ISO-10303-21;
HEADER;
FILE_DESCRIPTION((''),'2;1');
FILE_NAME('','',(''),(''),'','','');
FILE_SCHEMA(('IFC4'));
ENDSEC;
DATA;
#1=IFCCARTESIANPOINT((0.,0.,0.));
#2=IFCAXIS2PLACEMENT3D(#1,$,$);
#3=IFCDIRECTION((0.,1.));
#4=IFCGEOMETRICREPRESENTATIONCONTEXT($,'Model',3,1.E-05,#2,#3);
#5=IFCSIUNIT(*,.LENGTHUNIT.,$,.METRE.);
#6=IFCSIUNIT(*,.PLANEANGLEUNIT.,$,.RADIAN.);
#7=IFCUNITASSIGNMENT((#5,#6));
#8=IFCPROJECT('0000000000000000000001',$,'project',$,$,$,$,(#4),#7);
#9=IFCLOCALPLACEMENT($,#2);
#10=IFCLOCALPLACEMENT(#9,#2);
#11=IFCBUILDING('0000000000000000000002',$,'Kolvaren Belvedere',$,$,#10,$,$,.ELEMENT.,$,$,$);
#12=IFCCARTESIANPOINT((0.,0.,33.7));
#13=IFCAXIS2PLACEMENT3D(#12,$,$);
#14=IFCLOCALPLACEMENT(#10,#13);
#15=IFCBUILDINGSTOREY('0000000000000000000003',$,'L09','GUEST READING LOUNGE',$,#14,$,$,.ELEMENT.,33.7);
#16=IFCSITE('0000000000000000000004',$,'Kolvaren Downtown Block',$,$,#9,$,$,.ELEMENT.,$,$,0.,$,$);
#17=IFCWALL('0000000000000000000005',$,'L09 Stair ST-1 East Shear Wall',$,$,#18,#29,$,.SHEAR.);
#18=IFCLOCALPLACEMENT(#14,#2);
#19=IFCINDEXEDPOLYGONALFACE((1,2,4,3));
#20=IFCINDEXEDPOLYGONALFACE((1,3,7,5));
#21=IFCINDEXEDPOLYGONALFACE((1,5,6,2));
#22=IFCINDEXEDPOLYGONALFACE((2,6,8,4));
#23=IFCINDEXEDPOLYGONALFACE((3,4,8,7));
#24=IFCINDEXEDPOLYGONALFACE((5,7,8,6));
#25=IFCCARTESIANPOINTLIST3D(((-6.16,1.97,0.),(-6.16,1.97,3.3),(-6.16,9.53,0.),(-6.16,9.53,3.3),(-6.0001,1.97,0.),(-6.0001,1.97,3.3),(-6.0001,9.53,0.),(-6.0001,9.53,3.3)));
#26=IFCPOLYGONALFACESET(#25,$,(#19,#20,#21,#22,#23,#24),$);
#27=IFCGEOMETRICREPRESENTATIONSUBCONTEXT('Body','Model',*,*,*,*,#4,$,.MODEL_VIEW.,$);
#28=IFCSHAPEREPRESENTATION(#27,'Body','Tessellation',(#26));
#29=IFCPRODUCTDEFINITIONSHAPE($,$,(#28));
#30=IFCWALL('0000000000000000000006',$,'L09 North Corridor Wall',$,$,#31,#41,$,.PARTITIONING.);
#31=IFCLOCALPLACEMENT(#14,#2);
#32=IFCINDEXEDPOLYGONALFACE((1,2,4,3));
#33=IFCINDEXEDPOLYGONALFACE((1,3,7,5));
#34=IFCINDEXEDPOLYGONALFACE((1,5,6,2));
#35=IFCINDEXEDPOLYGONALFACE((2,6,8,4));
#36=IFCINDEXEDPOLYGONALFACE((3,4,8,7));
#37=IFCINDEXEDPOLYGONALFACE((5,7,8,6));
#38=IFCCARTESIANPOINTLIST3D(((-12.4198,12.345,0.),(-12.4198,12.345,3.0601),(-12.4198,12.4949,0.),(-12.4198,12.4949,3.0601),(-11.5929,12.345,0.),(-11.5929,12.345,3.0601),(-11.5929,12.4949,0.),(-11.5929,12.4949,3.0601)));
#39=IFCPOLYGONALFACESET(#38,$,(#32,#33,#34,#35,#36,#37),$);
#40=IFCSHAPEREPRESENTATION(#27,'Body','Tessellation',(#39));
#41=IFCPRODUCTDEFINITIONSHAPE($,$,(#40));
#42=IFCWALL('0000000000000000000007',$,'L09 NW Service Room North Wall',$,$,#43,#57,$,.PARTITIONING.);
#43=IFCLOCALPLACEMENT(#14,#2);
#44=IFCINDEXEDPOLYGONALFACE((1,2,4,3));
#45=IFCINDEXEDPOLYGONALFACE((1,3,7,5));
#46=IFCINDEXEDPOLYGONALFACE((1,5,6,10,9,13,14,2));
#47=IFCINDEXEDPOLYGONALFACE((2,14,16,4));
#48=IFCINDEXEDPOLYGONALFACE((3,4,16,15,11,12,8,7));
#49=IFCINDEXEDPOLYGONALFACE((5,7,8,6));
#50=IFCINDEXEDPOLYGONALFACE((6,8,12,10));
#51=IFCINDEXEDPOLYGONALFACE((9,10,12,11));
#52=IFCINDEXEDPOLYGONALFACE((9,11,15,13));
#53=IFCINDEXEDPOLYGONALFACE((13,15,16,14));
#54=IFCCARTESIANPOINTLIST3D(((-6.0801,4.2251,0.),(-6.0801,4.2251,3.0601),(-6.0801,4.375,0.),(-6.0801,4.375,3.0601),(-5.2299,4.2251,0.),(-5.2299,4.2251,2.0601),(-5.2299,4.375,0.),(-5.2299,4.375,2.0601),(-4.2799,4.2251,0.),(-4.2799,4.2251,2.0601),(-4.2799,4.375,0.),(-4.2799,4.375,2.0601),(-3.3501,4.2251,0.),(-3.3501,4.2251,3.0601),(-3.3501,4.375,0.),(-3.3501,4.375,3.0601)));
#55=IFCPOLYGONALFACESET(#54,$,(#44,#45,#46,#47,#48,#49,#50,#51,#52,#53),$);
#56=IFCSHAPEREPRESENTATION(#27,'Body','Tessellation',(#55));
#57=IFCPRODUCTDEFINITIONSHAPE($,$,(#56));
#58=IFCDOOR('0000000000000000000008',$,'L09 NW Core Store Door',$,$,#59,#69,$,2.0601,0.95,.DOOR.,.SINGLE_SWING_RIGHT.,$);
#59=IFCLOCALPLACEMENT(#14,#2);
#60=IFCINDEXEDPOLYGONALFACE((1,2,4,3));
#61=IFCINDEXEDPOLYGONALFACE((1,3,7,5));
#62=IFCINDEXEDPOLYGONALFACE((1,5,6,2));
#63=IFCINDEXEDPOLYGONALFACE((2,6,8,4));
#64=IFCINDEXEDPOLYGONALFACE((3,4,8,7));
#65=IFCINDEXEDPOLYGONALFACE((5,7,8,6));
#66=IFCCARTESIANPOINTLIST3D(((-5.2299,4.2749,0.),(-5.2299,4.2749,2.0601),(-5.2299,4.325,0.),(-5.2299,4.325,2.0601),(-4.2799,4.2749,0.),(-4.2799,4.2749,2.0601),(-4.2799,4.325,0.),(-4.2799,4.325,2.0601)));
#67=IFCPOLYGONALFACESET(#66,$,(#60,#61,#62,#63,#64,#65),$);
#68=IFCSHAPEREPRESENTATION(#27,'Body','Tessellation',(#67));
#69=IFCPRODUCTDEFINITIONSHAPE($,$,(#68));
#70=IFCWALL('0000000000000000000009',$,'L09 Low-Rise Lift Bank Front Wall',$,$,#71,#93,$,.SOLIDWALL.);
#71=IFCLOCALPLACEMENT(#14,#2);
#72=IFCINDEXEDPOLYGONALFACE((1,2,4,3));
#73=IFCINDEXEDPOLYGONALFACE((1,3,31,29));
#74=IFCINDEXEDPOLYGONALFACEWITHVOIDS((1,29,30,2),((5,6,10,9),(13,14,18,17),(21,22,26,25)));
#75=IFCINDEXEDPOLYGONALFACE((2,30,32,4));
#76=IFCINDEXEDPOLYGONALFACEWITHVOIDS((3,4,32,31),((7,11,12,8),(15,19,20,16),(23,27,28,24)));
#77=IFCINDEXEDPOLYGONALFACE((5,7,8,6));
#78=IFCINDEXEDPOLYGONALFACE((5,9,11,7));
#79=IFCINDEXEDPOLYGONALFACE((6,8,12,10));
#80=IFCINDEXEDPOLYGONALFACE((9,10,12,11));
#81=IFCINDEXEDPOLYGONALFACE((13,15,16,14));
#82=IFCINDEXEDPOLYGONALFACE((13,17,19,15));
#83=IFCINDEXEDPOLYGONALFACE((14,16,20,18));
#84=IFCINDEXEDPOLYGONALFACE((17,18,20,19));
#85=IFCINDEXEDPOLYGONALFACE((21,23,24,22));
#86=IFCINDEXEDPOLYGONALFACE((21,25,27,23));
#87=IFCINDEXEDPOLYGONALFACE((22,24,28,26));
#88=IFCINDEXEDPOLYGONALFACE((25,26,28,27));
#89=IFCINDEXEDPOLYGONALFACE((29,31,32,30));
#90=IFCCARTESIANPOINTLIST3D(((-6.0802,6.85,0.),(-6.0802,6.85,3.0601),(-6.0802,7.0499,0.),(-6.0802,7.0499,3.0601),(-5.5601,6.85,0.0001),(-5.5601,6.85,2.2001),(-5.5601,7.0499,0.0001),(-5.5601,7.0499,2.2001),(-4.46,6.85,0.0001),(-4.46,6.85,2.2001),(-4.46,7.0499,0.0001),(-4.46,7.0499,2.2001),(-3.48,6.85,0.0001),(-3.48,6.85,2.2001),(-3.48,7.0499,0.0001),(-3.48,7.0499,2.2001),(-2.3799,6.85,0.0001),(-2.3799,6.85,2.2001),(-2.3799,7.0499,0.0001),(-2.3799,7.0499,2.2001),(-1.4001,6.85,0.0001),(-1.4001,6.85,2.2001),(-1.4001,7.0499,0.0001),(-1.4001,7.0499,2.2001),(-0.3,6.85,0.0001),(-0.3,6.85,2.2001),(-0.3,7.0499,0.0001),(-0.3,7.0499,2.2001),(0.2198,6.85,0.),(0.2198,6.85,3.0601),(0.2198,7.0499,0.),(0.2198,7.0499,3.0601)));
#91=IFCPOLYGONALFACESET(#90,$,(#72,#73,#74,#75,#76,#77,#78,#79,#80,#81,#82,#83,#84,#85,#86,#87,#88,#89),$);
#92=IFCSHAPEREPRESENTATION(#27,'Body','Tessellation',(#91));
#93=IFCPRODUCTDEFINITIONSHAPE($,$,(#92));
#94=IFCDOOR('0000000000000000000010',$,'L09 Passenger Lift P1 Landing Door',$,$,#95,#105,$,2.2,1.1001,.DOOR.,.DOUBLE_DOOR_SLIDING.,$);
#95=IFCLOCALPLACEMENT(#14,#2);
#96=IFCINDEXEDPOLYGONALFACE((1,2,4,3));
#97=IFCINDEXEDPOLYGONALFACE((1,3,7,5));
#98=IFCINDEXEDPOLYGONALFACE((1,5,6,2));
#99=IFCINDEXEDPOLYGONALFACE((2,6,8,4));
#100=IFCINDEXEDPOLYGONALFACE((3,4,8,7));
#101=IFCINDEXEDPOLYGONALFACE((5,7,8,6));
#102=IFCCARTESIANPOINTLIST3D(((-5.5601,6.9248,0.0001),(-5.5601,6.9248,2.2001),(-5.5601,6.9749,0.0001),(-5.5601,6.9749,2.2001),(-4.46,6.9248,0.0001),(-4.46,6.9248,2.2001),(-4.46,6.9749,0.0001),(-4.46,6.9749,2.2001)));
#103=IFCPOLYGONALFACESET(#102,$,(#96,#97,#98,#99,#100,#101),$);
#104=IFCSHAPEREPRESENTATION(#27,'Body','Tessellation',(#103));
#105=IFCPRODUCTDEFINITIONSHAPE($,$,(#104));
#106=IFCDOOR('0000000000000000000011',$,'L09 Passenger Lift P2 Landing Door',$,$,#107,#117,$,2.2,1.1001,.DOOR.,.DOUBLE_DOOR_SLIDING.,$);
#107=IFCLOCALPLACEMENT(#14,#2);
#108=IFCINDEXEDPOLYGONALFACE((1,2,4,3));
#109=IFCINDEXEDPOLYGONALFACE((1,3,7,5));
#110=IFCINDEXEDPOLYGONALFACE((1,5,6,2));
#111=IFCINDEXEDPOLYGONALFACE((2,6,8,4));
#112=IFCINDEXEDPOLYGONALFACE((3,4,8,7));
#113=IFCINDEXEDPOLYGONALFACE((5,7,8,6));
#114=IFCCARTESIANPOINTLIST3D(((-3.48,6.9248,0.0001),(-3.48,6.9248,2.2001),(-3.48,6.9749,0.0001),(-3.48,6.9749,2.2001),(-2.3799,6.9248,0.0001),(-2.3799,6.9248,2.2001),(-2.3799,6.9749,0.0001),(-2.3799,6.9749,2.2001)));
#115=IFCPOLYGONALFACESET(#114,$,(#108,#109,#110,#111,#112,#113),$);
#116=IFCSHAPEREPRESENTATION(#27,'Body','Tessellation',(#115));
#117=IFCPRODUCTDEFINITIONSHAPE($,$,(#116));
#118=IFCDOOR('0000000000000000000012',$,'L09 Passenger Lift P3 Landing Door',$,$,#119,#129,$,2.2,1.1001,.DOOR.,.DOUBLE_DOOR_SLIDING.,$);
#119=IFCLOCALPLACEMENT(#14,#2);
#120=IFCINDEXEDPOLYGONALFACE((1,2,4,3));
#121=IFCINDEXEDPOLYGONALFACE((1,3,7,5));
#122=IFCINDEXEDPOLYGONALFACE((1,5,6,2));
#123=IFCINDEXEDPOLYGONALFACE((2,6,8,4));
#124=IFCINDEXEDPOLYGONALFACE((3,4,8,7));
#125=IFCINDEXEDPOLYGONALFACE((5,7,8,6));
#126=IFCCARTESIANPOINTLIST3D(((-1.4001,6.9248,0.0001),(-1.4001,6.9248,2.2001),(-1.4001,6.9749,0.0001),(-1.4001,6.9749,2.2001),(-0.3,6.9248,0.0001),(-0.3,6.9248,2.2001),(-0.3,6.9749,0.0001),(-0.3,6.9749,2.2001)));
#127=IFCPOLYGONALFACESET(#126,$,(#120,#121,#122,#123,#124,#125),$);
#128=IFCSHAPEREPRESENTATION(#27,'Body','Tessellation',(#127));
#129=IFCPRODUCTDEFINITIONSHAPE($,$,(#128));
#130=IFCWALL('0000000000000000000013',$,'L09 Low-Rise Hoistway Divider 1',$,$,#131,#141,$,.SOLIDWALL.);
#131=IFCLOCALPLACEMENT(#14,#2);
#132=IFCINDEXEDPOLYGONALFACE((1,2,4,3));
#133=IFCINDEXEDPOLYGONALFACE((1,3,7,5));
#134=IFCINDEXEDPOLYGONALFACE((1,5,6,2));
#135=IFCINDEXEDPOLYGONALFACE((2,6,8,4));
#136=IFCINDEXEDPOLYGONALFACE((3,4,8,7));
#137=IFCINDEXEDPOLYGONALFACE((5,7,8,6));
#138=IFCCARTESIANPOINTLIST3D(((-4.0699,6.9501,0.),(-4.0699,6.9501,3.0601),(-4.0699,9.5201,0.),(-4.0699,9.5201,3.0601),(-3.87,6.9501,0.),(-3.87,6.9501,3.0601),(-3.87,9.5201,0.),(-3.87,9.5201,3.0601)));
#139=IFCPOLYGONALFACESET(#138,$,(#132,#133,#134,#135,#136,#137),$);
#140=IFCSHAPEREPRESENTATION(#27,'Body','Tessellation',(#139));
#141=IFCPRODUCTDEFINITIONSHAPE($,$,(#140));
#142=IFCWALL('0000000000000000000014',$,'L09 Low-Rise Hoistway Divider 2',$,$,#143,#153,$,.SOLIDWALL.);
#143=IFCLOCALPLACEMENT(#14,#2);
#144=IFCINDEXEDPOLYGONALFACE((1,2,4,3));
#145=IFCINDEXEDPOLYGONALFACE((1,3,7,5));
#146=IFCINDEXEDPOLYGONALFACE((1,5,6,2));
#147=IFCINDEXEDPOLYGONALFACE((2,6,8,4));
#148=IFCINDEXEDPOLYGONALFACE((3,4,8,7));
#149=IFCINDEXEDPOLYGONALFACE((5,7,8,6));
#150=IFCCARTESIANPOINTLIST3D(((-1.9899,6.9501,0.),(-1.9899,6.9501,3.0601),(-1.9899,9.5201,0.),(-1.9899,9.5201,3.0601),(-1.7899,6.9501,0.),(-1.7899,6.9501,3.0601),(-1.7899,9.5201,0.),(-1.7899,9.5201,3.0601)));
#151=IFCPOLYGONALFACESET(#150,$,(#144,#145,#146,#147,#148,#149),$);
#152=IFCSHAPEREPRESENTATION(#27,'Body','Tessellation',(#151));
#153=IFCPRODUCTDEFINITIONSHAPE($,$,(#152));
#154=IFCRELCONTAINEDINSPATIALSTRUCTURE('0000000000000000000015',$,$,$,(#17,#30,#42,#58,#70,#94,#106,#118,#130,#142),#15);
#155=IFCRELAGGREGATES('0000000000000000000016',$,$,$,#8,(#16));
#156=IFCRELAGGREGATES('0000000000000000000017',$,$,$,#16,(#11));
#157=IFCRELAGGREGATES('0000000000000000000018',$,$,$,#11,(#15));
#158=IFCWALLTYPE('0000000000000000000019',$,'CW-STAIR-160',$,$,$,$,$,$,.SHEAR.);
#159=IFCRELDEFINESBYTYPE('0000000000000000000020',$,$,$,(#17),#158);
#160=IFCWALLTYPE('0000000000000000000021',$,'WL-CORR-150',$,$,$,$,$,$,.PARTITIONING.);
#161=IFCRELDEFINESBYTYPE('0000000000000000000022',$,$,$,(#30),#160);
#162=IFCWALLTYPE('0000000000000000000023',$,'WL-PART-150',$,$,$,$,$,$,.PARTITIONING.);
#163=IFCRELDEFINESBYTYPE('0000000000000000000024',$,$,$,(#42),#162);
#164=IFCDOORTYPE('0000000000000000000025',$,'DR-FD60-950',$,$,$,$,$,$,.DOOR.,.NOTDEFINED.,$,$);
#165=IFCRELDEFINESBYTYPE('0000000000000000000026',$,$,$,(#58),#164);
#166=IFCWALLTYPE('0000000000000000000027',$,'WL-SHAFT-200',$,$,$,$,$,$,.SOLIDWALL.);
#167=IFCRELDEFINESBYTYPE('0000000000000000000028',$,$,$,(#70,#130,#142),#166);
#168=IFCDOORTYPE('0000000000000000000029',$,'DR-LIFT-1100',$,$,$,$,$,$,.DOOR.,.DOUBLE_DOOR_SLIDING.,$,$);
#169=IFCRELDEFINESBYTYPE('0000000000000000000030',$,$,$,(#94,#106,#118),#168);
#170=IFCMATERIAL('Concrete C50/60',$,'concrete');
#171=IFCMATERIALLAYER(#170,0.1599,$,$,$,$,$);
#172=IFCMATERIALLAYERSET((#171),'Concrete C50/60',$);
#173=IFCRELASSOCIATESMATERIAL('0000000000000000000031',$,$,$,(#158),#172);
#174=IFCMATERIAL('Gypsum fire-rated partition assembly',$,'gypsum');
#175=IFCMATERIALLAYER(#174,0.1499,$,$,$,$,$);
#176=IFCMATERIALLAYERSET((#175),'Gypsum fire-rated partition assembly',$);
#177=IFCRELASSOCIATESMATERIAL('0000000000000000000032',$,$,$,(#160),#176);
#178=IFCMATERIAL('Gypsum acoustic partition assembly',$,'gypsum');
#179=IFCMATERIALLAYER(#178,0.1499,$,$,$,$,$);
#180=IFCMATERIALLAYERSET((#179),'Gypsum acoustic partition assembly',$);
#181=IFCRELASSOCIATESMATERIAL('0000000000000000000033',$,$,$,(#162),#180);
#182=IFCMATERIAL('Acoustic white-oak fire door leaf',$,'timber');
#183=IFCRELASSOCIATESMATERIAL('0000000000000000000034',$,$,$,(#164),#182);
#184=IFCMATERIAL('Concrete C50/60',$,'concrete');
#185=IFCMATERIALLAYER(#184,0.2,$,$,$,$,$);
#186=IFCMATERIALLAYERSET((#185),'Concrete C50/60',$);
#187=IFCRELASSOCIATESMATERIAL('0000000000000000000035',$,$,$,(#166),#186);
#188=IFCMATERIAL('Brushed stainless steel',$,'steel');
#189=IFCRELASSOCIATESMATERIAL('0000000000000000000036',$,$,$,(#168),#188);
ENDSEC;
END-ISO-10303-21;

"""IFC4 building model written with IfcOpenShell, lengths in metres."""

from ifc_helpers import new_model, si_unit, direction, frame, frame_2d, origin, place, context, subcontext, project, spatial, rectangle, extrude, material, layer, layer_set, type_object, element, fill, save


model = new_model("IFC4")

# Units and contexts
model_context = context("Model", 3, precision=1e-05, world=origin(), true_north=direction((0.0, 1.0)))
body_context = subcontext(model_context, "Body", "Model", "MODEL_VIEW")
ifc_project = project(units=[si_unit("LENGTHUNIT", "METRE"), si_unit("PLANEANGLEUNIT", "RADIAN")], contexts=[model_context])

# Site, building, storey
site_placement = place(None, origin())
site = spatial("IfcSite", under=ifc_project, at=site_placement, Name="Kolvaren Downtown Block", CompositionType="ELEMENT", RefElevation=0.0)
building_placement = place(site_placement, origin())
building = spatial("IfcBuilding", under=site, at=building_placement, Name="Kolvaren Belvedere", CompositionType="ELEMENT")
storey_placement = place(building_placement, frame((0.0, 0.0, 33.7)))
storey = spatial("IfcBuildingStorey", under=building, at=storey_placement, Name="L09", Description="GUEST READING LOUNGE", CompositionType="ELEMENT", Elevation=33.7)

# Shared definitions
ifc_material_1 = material(Name="Concrete C50/60", Category="concrete")
ifc_layer_1 = layer(ifc_material_1, 0.1599)
ifc_layer_set_1 = layer_set([ifc_layer_1], Name="Concrete C50/60")
wall_type_1 = type_object("IfcWallType", Name="CW-STAIR-160", PredefinedType="SHEAR", material=ifc_layer_set_1)

# Walls
for number, where, z_axis, x_axis, name in (
    (1, (-6.0801, 1.97, 0.0), (0.0, 0.0, 1.0), (0.0, 1.0, 0.0), "L09 Stair ST-1 East Shear Wall"),
):
    element("IfcWall", number, at=place(storey_placement, frame(where, z_axis=z_axis, x_axis=x_axis)), inside=storey, type_object=wall_type_1, Name=name, PredefinedType="SHEAR", context=body_context, shape_type="SweptSolid", body=[
        extrude(rectangle(XDim=7.5601, YDim=0.1599, at=frame_2d((3.78, 0.0))), origin(), (0.0, 0.0, 1.0), 3.3),
    ])
ifc_material_2 = material(Name="Gypsum fire-rated partition assembly", Category="gypsum")
ifc_layer_2 = layer(ifc_material_2, 0.1499)
ifc_layer_set_2 = layer_set([ifc_layer_2], Name="Gypsum fire-rated partition assembly")
wall_type_2 = type_object("IfcWallType", Name="WL-CORR-150", PredefinedType="PARTITIONING", material=ifc_layer_set_2)
wall_1_placement = place(storey_placement, frame((-12.4199, 12.4199, 0.0), z_axis=(0.0, 0.0, 1.0), x_axis=(1.0, 0.0, 0.0)))
element("IfcWall", 2, at=wall_1_placement, inside=storey, type_object=wall_type_2, Name="L09 North Corridor Wall", PredefinedType="PARTITIONING", context=body_context, shape_type="SweptSolid", body=[
    extrude(rectangle(XDim=0.8269, YDim=0.1499, at=frame_2d((0.4136, 0.0))), origin(), (0.0, 0.0, 1.0), 3.0601),
])

# Wall, opening, door
ifc_material_3 = material(Name="Gypsum acoustic partition assembly", Category="gypsum")
ifc_layer_3 = layer(ifc_material_3, 0.1499)
ifc_layer_set_3 = layer_set([ifc_layer_3], Name="Gypsum acoustic partition assembly")
wall_type_3 = type_object("IfcWallType", Name="WL-PART-150", PredefinedType="PARTITIONING", material=ifc_layer_set_3)
wall_2_placement = place(storey_placement, frame((-6.0801, 4.3, 0.0), z_axis=(0.0, 0.0, 1.0), x_axis=(1.0, 0.0, 0.0)))
wall_2 = element("IfcWall", 3, at=wall_2_placement, inside=storey, type_object=wall_type_3, Name="L09 NW Service Room North Wall", PredefinedType="PARTITIONING", context=body_context, shape_type="SweptSolid", body=[
    extrude(rectangle(XDim=2.73, YDim=0.1499, at=frame_2d((1.365, 0.0))), origin(), (0.0, 0.0, 1.0), 3.0601),
])
opening_1_placement = place(wall_2_placement, frame((0.8501, 0.0, 0.0)))
opening_1 = element("IfcOpeningElement", 4, at=opening_1_placement, cuts=wall_2, PredefinedType="OPENING", context=body_context, shape_type="SweptSolid", body=[
    extrude(rectangle(XDim=0.95, YDim=2.0601, at=frame_2d((0.4751, 1.03))), frame((0.0, 0.085, 0.0), z_axis=(0.0, -1.0, 0.0), x_axis=(1.0, 0.0, 0.0)), (0.0, 0.0, 1.0), 0.1699),
])
ifc_material_4 = material(Name="Acoustic white-oak fire door leaf", Category="timber")
door_type_1 = type_object("IfcDoorType", Name="DR-FD60-950", OperationType="NOTDEFINED", PredefinedType="DOOR", material=ifc_material_4)
door_1_placement = place(opening_1_placement, origin())
door_1 = element("IfcDoor", 5, at=door_1_placement, inside=storey, type_object=door_type_1, Name="L09 NW Core Store Door", OperationType="SINGLE_SWING_RIGHT", OverallHeight=2.0601, OverallWidth=0.95, PredefinedType="DOOR", context=body_context, shape_type="SweptSolid", body=[
    extrude(rectangle(XDim=0.95, YDim=2.0601, at=frame_2d((0.4751, 1.03))), frame((0.0, 0.0249, 0.0), z_axis=(0.0, -1.0, 0.0), x_axis=(1.0, 0.0, 0.0)), (0.0, 0.0, 1.0), 0.05),
])
fill(opening_1, door_1)

# Wall, openings, doors
ifc_material_5 = material(Name="Concrete C50/60", Category="concrete")
ifc_layer_4 = layer(ifc_material_5, 0.2)
ifc_layer_set_4 = layer_set([ifc_layer_4], Name="Concrete C50/60")
wall_type_4 = type_object("IfcWallType", Name="WL-SHAFT-200", PredefinedType="SOLIDWALL", material=ifc_layer_set_4)
wall_3_placement = place(storey_placement, frame((-6.0801, 6.95, 0.0), z_axis=(0.0, 0.0, 1.0), x_axis=(1.0, 0.0, 0.0)))
wall_3 = element("IfcWall", 6, at=wall_3_placement, inside=storey, type_object=wall_type_4, Name="L09 Low-Rise Lift Bank Front Wall", PredefinedType="SOLIDWALL", context=body_context, shape_type="SweptSolid", body=[
    extrude(rectangle(XDim=6.3, YDim=0.2, at=frame_2d((3.1499, 0.0))), origin(), (0.0, 0.0, 1.0), 3.0601),
])
opening_2_placement = place(wall_3_placement, frame((0.52, 0.0, 0.0)))
opening_2 = element("IfcOpeningElement", 7, at=opening_2_placement, cuts=wall_3, PredefinedType="OPENING", context=body_context, shape_type="SweptSolid", body=[
    extrude(rectangle(XDim=1.1001, YDim=2.2, at=frame_2d((0.55, 1.1001))), frame((0.0, 0.1099, 0.0), z_axis=(0.0, -1.0, 0.0), x_axis=(1.0, 0.0, 0.0)), (0.0, 0.0, 1.0), 0.22),
])
opening_3_placement = place(wall_3_placement, frame((2.6001, 0.0, 0.0)))
opening_3 = element("IfcOpeningElement", 8, at=opening_3_placement, cuts=wall_3, PredefinedType="OPENING", context=body_context, shape_type="SweptSolid", body=[
    extrude(rectangle(XDim=1.1001, YDim=2.2, at=frame_2d((0.55, 1.1001))), frame((0.0, 0.1099, 0.0), z_axis=(0.0, -1.0, 0.0), x_axis=(1.0, 0.0, 0.0)), (0.0, 0.0, 1.0), 0.22),
])
opening_4_placement = place(wall_3_placement, frame((4.6799, 0.0, 0.0)))
opening_4 = element("IfcOpeningElement", 9, at=opening_4_placement, cuts=wall_3, PredefinedType="OPENING", context=body_context, shape_type="SweptSolid", body=[
    extrude(rectangle(XDim=1.1001, YDim=2.2, at=frame_2d((0.55, 1.1001))), frame((0.0, 0.1099, 0.0), z_axis=(0.0, -1.0, 0.0), x_axis=(1.0, 0.0, 0.0)), (0.0, 0.0, 1.0), 0.22),
])
ifc_material_6 = material(Name="Brushed stainless steel", Category="steel")
door_type_2 = type_object("IfcDoorType", Name="DR-LIFT-1100", OperationType="DOUBLE_DOOR_SLIDING", PredefinedType="DOOR", material=ifc_material_6)
door_2_placement = place(opening_2_placement, origin())
door_2 = element("IfcDoor", 10, at=door_2_placement, inside=storey, type_object=door_type_2, Name="L09 Passenger Lift P1 Landing Door", OperationType="DOUBLE_DOOR_SLIDING", OverallHeight=2.2, OverallWidth=1.1001, PredefinedType="DOOR", context=body_context, shape_type="SweptSolid", body=[
    extrude(rectangle(XDim=1.1001, YDim=2.2, at=frame_2d((0.55, 1.1001))), frame((0.0, 0.0249, 0.0), z_axis=(0.0, -1.0, 0.0), x_axis=(1.0, 0.0, 0.0)), (0.0, 0.0, 1.0), 0.05),
])
fill(opening_2, door_2)
door_3_placement = place(opening_3_placement, origin())
door_3 = element("IfcDoor", 11, at=door_3_placement, inside=storey, type_object=door_type_2, Name="L09 Passenger Lift P2 Landing Door", OperationType="DOUBLE_DOOR_SLIDING", OverallHeight=2.2, OverallWidth=1.1001, PredefinedType="DOOR", context=body_context, shape_type="SweptSolid", body=[
    extrude(rectangle(XDim=1.1001, YDim=2.2, at=frame_2d((0.55, 1.1001))), frame((0.0, 0.0249, 0.0), z_axis=(0.0, -1.0, 0.0), x_axis=(1.0, 0.0, 0.0)), (0.0, 0.0, 1.0), 0.05),
])
fill(opening_3, door_3)
door_4_placement = place(opening_4_placement, origin())
door_4 = element("IfcDoor", 12, at=door_4_placement, inside=storey, type_object=door_type_2, Name="L09 Passenger Lift P3 Landing Door", OperationType="DOUBLE_DOOR_SLIDING", OverallHeight=2.2, OverallWidth=1.1001, PredefinedType="DOOR", context=body_context, shape_type="SweptSolid", body=[
    extrude(rectangle(XDim=1.1001, YDim=2.2, at=frame_2d((0.55, 1.1001))), frame((0.0, 0.0249, 0.0), z_axis=(0.0, -1.0, 0.0), x_axis=(1.0, 0.0, 0.0)), (0.0, 0.0, 1.0), 0.05),
])
fill(opening_4, door_4)

# Walls
for number, where, z_axis, x_axis, name in (
    (13, (-3.97, 6.95, 0.0), (0.0, 0.0, 1.0), (0.0, 1.0, 0.0), "L09 Low-Rise Hoistway Divider 1"),
    (14, (-1.8899, 6.95, 0.0), (0.0, 0.0, 1.0), (0.0, 1.0, 0.0), "L09 Low-Rise Hoistway Divider 2"),
):
    element("IfcWall", number, at=place(storey_placement, frame(where, z_axis=z_axis, x_axis=x_axis)), inside=storey, type_object=wall_type_4, Name=name, PredefinedType="SOLIDWALL", context=body_context, shape_type="SweptSolid", body=[
        extrude(rectangle(XDim=2.5701, YDim=0.2, at=frame_2d((1.2852, 0.0))), origin(), (0.0, 0.0, 1.0), 3.0601),
    ])

save(model, "model.ifc")
